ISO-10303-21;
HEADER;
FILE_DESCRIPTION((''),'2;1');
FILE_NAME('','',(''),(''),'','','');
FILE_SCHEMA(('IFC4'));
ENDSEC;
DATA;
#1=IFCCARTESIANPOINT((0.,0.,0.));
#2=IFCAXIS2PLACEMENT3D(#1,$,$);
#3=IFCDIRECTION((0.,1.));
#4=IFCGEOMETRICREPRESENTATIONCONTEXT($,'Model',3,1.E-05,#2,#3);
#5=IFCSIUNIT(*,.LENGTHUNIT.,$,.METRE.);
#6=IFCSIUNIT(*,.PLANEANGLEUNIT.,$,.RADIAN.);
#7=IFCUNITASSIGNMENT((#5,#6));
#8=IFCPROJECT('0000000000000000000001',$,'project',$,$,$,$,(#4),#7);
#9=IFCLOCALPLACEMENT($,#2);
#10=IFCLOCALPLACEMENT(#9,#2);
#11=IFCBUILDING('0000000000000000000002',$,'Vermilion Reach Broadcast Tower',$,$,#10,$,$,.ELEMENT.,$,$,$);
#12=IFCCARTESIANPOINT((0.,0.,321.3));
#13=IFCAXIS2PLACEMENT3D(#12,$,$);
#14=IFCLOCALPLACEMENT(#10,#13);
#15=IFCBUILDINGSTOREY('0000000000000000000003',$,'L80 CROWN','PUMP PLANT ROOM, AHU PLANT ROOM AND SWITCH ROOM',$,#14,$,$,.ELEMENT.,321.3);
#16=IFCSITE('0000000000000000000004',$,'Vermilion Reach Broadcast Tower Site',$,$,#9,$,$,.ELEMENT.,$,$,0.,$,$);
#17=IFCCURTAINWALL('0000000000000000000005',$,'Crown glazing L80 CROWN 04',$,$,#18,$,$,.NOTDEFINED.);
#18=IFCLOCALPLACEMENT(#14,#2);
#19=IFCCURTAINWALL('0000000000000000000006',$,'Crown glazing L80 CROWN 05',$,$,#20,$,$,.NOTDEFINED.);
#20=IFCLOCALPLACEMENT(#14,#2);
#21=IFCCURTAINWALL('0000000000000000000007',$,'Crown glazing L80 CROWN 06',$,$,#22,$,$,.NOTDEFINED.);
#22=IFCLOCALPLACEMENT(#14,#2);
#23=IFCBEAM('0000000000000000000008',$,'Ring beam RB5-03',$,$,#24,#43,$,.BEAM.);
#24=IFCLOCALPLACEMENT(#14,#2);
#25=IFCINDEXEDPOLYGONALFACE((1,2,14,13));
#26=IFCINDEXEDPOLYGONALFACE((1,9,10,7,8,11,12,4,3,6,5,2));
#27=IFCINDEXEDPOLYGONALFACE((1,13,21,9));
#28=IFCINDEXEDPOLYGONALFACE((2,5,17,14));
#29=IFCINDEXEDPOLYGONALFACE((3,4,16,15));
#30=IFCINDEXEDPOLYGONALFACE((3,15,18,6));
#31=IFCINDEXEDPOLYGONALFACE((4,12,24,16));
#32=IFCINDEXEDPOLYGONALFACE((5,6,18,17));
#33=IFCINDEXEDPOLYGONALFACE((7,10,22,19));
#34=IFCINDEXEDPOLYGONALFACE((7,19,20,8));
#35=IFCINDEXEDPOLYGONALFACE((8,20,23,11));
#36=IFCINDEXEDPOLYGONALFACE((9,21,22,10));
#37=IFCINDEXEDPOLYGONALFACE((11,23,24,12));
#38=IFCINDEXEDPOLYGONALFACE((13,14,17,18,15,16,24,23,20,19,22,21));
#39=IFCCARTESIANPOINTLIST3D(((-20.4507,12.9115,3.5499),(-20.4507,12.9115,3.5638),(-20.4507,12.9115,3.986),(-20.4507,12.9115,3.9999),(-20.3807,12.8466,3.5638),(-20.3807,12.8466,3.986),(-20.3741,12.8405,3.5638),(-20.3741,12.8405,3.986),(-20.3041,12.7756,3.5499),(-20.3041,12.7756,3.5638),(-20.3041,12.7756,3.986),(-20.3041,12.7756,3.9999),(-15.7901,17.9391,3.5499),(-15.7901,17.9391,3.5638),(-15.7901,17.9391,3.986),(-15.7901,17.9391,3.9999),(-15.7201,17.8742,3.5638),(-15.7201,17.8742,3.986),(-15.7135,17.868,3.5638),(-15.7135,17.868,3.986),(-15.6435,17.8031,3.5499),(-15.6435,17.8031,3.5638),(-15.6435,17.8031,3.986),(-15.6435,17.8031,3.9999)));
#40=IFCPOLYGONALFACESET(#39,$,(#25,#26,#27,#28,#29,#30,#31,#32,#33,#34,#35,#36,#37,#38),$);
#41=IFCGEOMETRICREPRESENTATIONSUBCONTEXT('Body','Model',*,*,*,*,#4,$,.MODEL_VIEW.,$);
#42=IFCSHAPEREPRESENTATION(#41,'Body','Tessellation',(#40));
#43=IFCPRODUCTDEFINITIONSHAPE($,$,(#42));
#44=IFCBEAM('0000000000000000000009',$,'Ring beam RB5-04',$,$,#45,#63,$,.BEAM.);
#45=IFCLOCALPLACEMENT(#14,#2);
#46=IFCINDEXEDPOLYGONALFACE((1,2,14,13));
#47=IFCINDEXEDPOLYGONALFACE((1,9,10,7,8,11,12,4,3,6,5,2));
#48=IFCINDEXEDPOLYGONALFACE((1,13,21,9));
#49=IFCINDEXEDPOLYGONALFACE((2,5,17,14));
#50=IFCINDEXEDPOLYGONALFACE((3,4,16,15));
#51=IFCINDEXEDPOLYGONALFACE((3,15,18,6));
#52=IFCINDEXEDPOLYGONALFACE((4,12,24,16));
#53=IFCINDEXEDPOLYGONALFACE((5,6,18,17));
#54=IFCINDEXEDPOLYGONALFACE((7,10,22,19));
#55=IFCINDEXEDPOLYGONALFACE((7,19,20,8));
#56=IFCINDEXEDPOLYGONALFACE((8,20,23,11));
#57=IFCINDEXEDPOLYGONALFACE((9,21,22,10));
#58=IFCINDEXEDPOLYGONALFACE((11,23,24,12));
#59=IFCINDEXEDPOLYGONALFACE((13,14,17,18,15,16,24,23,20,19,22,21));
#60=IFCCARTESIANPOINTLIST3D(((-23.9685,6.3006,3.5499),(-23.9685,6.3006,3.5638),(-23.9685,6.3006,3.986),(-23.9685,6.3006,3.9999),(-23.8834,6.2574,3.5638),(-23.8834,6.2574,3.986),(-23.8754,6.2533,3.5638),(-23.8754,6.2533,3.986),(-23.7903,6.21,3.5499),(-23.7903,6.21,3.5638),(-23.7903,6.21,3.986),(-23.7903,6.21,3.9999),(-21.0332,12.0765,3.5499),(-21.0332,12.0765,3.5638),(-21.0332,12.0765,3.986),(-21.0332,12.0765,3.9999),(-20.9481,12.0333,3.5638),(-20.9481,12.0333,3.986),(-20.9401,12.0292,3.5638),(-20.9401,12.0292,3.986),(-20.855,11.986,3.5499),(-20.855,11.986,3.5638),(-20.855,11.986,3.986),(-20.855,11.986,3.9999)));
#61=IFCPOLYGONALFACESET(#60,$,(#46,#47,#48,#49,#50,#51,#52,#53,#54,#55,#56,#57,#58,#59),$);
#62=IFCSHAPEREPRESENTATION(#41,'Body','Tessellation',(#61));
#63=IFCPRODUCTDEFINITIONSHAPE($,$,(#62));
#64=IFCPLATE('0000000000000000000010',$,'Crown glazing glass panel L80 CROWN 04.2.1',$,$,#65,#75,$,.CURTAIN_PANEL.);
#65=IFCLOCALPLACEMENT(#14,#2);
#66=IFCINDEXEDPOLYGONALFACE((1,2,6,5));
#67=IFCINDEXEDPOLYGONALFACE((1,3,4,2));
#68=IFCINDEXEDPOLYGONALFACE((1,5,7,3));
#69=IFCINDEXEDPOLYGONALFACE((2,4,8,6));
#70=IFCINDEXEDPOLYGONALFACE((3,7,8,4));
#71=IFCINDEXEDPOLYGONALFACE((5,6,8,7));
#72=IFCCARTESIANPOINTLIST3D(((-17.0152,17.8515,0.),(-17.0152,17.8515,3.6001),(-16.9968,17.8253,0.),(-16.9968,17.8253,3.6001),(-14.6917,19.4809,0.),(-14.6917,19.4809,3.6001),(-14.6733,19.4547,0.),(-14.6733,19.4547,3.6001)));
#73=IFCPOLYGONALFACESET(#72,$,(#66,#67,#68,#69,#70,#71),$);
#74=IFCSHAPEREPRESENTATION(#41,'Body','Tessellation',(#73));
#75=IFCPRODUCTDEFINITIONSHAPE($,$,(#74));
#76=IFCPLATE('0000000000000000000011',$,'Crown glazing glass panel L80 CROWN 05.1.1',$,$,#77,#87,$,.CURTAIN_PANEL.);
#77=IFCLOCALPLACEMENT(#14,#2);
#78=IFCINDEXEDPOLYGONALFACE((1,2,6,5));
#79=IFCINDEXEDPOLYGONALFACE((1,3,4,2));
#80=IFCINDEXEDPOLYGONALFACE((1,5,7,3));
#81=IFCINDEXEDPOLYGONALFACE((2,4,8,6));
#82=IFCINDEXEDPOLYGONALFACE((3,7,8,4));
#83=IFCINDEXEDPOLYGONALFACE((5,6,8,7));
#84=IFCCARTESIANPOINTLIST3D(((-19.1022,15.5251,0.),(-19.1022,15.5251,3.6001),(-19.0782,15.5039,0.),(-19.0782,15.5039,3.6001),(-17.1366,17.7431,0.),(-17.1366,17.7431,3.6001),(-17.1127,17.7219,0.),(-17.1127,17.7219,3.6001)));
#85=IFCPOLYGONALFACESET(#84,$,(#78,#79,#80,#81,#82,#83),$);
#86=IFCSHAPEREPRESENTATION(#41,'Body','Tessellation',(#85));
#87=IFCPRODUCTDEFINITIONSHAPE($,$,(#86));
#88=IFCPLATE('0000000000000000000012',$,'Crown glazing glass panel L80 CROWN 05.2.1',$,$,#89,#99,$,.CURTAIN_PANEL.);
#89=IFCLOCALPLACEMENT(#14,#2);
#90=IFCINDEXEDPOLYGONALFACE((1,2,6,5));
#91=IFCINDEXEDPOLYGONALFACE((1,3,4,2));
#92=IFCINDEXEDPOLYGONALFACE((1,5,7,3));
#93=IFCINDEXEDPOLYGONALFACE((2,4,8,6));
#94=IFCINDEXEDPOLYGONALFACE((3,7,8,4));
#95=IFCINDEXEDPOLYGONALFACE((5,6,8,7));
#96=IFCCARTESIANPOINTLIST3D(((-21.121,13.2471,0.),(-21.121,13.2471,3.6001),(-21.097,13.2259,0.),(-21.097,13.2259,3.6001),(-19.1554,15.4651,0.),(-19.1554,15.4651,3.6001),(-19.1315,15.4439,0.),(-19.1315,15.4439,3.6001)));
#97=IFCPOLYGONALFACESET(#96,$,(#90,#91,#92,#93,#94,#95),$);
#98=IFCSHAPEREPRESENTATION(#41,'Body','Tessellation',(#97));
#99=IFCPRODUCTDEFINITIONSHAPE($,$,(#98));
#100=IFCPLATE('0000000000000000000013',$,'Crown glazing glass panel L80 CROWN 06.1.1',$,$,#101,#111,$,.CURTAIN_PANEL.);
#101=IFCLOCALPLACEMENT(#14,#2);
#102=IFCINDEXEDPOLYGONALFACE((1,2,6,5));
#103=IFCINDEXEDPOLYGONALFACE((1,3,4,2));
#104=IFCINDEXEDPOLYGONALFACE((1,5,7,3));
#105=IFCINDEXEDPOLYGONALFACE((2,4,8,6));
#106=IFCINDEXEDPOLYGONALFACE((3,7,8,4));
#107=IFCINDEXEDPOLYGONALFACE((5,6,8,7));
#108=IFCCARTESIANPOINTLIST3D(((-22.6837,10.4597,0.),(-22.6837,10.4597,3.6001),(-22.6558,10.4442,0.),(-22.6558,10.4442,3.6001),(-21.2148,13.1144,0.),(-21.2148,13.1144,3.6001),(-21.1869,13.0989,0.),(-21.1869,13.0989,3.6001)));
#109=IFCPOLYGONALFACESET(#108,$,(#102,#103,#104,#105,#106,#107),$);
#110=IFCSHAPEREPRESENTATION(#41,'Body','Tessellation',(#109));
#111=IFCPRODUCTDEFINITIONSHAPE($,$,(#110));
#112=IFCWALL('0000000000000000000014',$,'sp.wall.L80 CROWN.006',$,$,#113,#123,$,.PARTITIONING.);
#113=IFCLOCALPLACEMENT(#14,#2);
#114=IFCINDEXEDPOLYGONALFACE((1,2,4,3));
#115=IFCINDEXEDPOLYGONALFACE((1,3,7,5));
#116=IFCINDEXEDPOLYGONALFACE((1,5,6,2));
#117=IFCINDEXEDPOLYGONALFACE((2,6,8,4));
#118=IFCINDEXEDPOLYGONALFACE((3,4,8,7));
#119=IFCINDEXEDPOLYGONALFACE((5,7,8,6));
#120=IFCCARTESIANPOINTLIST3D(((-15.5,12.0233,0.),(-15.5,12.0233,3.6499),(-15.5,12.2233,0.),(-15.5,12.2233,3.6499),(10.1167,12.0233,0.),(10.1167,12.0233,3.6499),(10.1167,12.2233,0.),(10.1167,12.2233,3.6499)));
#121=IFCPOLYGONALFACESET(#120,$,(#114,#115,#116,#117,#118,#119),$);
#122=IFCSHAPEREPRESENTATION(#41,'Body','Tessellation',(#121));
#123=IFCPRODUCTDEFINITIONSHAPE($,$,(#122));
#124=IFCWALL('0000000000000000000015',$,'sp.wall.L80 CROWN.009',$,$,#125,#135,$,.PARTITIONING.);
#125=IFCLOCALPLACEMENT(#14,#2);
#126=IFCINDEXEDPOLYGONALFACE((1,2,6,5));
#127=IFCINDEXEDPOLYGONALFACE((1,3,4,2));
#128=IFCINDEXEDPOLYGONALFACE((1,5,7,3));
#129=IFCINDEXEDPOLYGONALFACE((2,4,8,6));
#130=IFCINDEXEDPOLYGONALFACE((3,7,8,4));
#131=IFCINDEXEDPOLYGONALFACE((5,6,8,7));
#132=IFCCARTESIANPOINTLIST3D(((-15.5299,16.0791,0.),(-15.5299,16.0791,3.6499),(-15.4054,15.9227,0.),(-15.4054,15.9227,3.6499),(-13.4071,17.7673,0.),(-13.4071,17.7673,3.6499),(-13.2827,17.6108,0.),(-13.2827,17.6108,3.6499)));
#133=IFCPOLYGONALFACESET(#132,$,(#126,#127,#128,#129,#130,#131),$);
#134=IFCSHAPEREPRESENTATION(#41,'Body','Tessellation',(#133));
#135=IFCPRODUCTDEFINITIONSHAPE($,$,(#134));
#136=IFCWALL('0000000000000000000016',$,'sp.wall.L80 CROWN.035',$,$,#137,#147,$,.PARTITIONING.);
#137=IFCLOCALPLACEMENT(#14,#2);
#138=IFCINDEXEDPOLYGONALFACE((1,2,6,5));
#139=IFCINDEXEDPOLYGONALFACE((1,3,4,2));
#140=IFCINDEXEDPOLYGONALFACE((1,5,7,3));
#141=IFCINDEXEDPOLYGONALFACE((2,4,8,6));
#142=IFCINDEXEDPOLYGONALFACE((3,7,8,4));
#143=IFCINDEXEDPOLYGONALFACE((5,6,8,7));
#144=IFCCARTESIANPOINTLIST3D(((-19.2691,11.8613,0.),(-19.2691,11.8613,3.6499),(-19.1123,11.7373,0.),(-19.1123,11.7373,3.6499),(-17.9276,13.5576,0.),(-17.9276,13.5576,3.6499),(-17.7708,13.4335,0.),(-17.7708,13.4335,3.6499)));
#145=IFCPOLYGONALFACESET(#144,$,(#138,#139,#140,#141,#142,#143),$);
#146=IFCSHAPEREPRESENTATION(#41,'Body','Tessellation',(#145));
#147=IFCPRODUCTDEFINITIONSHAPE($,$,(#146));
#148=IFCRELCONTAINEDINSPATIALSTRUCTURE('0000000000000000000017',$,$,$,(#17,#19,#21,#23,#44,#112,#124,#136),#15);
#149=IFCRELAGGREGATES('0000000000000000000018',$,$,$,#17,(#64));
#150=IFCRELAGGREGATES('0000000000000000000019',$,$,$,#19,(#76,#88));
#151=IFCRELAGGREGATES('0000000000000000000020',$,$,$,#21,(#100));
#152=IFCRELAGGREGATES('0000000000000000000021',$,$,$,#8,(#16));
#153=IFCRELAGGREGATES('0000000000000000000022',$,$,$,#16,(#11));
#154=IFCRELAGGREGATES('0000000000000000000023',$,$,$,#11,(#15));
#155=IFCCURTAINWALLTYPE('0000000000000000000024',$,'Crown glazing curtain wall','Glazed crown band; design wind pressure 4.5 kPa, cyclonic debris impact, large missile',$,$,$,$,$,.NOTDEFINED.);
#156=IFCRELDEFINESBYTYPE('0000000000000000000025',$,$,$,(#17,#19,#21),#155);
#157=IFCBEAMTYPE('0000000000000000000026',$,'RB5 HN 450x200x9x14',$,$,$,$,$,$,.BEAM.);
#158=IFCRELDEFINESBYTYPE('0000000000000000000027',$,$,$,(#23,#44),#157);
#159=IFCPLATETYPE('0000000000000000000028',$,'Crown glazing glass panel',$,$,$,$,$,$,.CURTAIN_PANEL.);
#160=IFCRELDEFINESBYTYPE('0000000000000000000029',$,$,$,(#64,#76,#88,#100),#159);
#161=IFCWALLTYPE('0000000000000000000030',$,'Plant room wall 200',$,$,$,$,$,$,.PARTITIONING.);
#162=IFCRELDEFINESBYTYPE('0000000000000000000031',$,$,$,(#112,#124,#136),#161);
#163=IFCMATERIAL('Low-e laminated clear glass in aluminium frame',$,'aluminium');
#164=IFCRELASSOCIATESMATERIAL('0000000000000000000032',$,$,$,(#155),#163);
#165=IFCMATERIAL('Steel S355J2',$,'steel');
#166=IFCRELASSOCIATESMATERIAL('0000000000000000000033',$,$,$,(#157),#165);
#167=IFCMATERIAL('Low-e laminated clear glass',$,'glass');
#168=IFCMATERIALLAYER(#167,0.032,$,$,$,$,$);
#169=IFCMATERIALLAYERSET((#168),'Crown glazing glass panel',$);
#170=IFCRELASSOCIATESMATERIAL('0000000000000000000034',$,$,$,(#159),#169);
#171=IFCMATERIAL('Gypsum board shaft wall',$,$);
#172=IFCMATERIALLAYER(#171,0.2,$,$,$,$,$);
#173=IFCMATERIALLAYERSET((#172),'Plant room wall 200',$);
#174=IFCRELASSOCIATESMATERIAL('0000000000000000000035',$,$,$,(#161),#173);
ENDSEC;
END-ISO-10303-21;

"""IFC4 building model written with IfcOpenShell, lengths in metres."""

from ifc_helpers import new_model, si_unit, direction, frame, frame_2d, origin, origin_2d, place, context, subcontext, project, spatial, rectangle, i_section, extrude, material, layer, layer_set, material_profile, profile_set, type_object, element, aggregate, save


model = new_model("IFC4")

# Units and contexts
model_context = context("Model", 3, precision=1e-05, world=origin(), true_north=direction((0.0, 1.0)))
body_context = subcontext(model_context, "Body", "Model", "MODEL_VIEW")
ifc_project = project(units=[si_unit("LENGTHUNIT", "METRE"), si_unit("PLANEANGLEUNIT", "RADIAN")], contexts=[model_context])

# Site, building, storey
site_placement = place(None, origin())
site = spatial("IfcSite", under=ifc_project, at=site_placement, Name="Vermilion Reach Broadcast Tower Site", CompositionType="ELEMENT", RefElevation=0.0)
building_placement = place(site_placement, origin())
building = spatial("IfcBuilding", under=site, at=building_placement, Name="Vermilion Reach Broadcast Tower", CompositionType="ELEMENT")
storey_placement = place(building_placement, frame((0.0, 0.0, 321.3)))
storey = spatial("IfcBuildingStorey", under=building, at=storey_placement, Name="L80 CROWN", Description="PUMP PLANT ROOM, AHU PLANT ROOM AND SWITCH ROOM", CompositionType="ELEMENT", Elevation=321.3)

# Curtain wall
ifc_material_1 = material(Name="Low-e laminated clear glass in aluminium frame", Category="aluminium")
curtain_wall_type = type_object("IfcCurtainWallType", Name="Crown glazing curtain wall", Description="Glazed crown band; design wind pressure 4.5 kPa, cyclonic debris impact, large missile", PredefinedType="NOTDEFINED", material=ifc_material_1)
placement = place(storey_placement, origin())
curtain_wall_1 = element("IfcCurtainWall", 1, at=placement, inside=storey, type_object=curtain_wall_type, Name="Crown glazing L80 CROWN 04", PredefinedType="NOTDEFINED")

# Curtain wall
curtain_wall_2 = element("IfcCurtainWall", 2, at=placement, inside=storey, type_object=curtain_wall_type, Name="Crown glazing L80 CROWN 05", PredefinedType="NOTDEFINED")

# Curtain wall
curtain_wall_3 = element("IfcCurtainWall", 3, at=placement, inside=storey, type_object=curtain_wall_type, Name="Crown glazing L80 CROWN 06", PredefinedType="NOTDEFINED")

# Beams
ifc_material_2 = material(Name="Steel S355J2", Category="steel")
ifc_material_profile_1 = material_profile(ifc_material_2, i_section(OverallWidth=0.2, OverallDepth=0.45, WebThickness=0.009, FlangeThickness=0.0139, at=origin_2d()), Name="S355J2 HN 450x200x9x14")
ifc_profile_set_1 = profile_set([ifc_material_profile_1], Name="Steel S355J2")
beam_type_1 = type_object("IfcBeamType", Name="RB5 HN 450x200x9x14", PredefinedType="BEAM", material=ifc_profile_set_1)
beam_1_placement = place(storey_placement, frame((-15.7168, 17.8711, 3.7749), z_axis=(-0.679838, -0.733363, 0.0), x_axis=(0.733363, -0.679838, 0.0)))
element("IfcBeam", 4, at=beam_1_placement, inside=storey, type_object=beam_type_1, Name="Ring beam RB5-03", PredefinedType="BEAM", context=body_context, shape_type="SweptSolid", body=[
    extrude(i_section(OverallWidth=0.2, OverallDepth=0.45, WebThickness=0.009, FlangeThickness=0.0139, at=origin_2d()), origin(), (0.0, 0.0, 1.0), 6.8555),
])
beam_2_placement = place(storey_placement, frame((-20.9441, 12.0312, 3.7749), z_axis=(-0.453052, -0.891484, 0.0), x_axis=(0.891484, -0.453052, 0.0)))
element("IfcBeam", 5, at=beam_2_placement, inside=storey, type_object=beam_type_1, Name="Ring beam RB5-04", PredefinedType="BEAM", context=body_context, shape_type="SweptSolid", body=[
    extrude(i_section(OverallWidth=0.2, OverallDepth=0.45, WebThickness=0.009, FlangeThickness=0.0139, at=origin_2d()), origin(), (0.0, 0.0, 1.0), 6.479),
])

# Plates
ifc_material_3 = material(Name="Low-e laminated clear glass", Category="glass")
ifc_layer_1 = layer(ifc_material_3, 0.032)
ifc_layer_set_1 = layer_set([ifc_layer_1], Name="Crown glazing glass panel")
plate_type = type_object("IfcPlateType", Name="Crown glazing glass panel", PredefinedType="CURTAIN_PANEL", material=ifc_layer_set_1)
plate_1_placement = place(storey_placement, frame((-15.8442, 18.6531, 0.0), z_axis=(0.0, 0.0, 1.0), x_axis=(-0.81874, -0.574164, 0.0)))
plate_1 = element("IfcPlate", 6, at=plate_1_placement, type_object=plate_type, Name="Crown glazing glass panel L80 CROWN 04.2.1", PredefinedType="CURTAIN_PANEL", context=body_context, shape_type="SweptSolid", body=[
    extrude(rectangle(XDim=2.8379, YDim=0.032, at=origin_2d()), origin(), (0.0, 0.0, 1.0), 3.6001),
])
aggregate(curtain_wall_1, [plate_1])
plate_2_placement = place(storey_placement, frame((-18.1074, 16.6235, 0.0), z_axis=(0.0, 0.0, 1.0), x_axis=(-0.663239, -0.748408, 0.0)))
plate_2 = element("IfcPlate", 7, at=plate_2_placement, type_object=plate_type, Name="Crown glazing glass panel L80 CROWN 05.1.1", PredefinedType="CURTAIN_PANEL", context=body_context, shape_type="SweptSolid", body=[
    extrude(rectangle(XDim=2.9636, YDim=0.032, at=origin_2d()), origin(), (0.0, 0.0, 1.0), 3.6001),
])
plate_3_placement = place(storey_placement, frame((-20.1262, 14.3455, 0.0), z_axis=(0.0, 0.0, 1.0), x_axis=(-0.663239, -0.748408, 0.0)))
plate_3 = element("IfcPlate", 8, at=plate_3_placement, type_object=plate_type, Name="Crown glazing glass panel L80 CROWN 05.2.1", PredefinedType="CURTAIN_PANEL", context=body_context, shape_type="SweptSolid", body=[
    extrude(rectangle(XDim=2.9636, YDim=0.032, at=origin_2d()), origin(), (0.0, 0.0, 1.0), 3.6001),
])
aggregate(curtain_wall_2, [plate_2, plate_3])
plate_4_placement = place(storey_placement, frame((-21.9353, 11.7793, 0.0), z_axis=(0.0, 0.0, 1.0), x_axis=(-0.484153, -0.874983, 0.0)))
plate_4 = element("IfcPlate", 9, at=plate_4_placement, type_object=plate_type, Name="Crown glazing glass panel L80 CROWN 06.1.1", PredefinedType="CURTAIN_PANEL", context=body_context, shape_type="SweptSolid", body=[
    extrude(rectangle(XDim=3.0339, YDim=0.032, at=origin_2d()), origin(), (0.0, 0.0, 1.0), 3.6001),
])
aggregate(curtain_wall_3, [plate_4])

# Walls
ifc_material_4 = material(Name="Gypsum board shaft wall")
ifc_layer_2 = layer(ifc_material_4, 0.2)
ifc_layer_set_2 = layer_set([ifc_layer_2], Name="Plant room wall 200")
wall_type = type_object("IfcWallType", Name="Plant room wall 200", PredefinedType="PARTITIONING", material=ifc_layer_set_2)
wall_1_placement = place(storey_placement, frame((-15.5, 12.1233, 0.0), z_axis=(0.0, 0.0, 1.0), x_axis=(1.0, 0.0, 0.0)))
element("IfcWall", 10, at=wall_1_placement, inside=storey, type_object=wall_type, Name="sp.wall.L80 CROWN.006", PredefinedType="PARTITIONING", context=body_context, shape_type="SweptSolid", body=[
    extrude(rectangle(XDim=25.6167, YDim=0.2, at=frame_2d((12.8083, 0.0))), origin(), (0.0, 0.0, 1.0), 3.6499),
])
wall_2_placement = place(storey_placement, frame((-15.4675, 16.001, 0.0), z_axis=(0.0, 0.0, 1.0), x_axis=(0.782666, 0.622442, 0.0)))
element("IfcWall", 11, at=wall_2_placement, inside=storey, type_object=wall_type, Name="sp.wall.L80 CROWN.009", PredefinedType="PARTITIONING", context=body_context, shape_type="SweptSolid", body=[
    extrude(rectangle(XDim=2.7122, YDim=0.2, at=frame_2d((1.356, 0.0))), origin(), (0.0, 0.0, 1.0), 3.6499),
])
wall_3_placement = place(storey_placement, frame((-19.1907, 11.7993, 0.0), z_axis=(0.0, 0.0, 1.0), x_axis=(0.620321, 0.784348, 0.0)))
element("IfcWall", 12, at=wall_3_placement, inside=storey, type_object=wall_type, Name="sp.wall.L80 CROWN.035", PredefinedType="PARTITIONING", context=body_context, shape_type="SweptSolid", body=[
    extrude(rectangle(XDim=2.1626, YDim=0.2, at=frame_2d((1.0813, 0.0))), origin(), (0.0, 0.0, 1.0), 3.6499),
])

save(model, "model.ifc")
